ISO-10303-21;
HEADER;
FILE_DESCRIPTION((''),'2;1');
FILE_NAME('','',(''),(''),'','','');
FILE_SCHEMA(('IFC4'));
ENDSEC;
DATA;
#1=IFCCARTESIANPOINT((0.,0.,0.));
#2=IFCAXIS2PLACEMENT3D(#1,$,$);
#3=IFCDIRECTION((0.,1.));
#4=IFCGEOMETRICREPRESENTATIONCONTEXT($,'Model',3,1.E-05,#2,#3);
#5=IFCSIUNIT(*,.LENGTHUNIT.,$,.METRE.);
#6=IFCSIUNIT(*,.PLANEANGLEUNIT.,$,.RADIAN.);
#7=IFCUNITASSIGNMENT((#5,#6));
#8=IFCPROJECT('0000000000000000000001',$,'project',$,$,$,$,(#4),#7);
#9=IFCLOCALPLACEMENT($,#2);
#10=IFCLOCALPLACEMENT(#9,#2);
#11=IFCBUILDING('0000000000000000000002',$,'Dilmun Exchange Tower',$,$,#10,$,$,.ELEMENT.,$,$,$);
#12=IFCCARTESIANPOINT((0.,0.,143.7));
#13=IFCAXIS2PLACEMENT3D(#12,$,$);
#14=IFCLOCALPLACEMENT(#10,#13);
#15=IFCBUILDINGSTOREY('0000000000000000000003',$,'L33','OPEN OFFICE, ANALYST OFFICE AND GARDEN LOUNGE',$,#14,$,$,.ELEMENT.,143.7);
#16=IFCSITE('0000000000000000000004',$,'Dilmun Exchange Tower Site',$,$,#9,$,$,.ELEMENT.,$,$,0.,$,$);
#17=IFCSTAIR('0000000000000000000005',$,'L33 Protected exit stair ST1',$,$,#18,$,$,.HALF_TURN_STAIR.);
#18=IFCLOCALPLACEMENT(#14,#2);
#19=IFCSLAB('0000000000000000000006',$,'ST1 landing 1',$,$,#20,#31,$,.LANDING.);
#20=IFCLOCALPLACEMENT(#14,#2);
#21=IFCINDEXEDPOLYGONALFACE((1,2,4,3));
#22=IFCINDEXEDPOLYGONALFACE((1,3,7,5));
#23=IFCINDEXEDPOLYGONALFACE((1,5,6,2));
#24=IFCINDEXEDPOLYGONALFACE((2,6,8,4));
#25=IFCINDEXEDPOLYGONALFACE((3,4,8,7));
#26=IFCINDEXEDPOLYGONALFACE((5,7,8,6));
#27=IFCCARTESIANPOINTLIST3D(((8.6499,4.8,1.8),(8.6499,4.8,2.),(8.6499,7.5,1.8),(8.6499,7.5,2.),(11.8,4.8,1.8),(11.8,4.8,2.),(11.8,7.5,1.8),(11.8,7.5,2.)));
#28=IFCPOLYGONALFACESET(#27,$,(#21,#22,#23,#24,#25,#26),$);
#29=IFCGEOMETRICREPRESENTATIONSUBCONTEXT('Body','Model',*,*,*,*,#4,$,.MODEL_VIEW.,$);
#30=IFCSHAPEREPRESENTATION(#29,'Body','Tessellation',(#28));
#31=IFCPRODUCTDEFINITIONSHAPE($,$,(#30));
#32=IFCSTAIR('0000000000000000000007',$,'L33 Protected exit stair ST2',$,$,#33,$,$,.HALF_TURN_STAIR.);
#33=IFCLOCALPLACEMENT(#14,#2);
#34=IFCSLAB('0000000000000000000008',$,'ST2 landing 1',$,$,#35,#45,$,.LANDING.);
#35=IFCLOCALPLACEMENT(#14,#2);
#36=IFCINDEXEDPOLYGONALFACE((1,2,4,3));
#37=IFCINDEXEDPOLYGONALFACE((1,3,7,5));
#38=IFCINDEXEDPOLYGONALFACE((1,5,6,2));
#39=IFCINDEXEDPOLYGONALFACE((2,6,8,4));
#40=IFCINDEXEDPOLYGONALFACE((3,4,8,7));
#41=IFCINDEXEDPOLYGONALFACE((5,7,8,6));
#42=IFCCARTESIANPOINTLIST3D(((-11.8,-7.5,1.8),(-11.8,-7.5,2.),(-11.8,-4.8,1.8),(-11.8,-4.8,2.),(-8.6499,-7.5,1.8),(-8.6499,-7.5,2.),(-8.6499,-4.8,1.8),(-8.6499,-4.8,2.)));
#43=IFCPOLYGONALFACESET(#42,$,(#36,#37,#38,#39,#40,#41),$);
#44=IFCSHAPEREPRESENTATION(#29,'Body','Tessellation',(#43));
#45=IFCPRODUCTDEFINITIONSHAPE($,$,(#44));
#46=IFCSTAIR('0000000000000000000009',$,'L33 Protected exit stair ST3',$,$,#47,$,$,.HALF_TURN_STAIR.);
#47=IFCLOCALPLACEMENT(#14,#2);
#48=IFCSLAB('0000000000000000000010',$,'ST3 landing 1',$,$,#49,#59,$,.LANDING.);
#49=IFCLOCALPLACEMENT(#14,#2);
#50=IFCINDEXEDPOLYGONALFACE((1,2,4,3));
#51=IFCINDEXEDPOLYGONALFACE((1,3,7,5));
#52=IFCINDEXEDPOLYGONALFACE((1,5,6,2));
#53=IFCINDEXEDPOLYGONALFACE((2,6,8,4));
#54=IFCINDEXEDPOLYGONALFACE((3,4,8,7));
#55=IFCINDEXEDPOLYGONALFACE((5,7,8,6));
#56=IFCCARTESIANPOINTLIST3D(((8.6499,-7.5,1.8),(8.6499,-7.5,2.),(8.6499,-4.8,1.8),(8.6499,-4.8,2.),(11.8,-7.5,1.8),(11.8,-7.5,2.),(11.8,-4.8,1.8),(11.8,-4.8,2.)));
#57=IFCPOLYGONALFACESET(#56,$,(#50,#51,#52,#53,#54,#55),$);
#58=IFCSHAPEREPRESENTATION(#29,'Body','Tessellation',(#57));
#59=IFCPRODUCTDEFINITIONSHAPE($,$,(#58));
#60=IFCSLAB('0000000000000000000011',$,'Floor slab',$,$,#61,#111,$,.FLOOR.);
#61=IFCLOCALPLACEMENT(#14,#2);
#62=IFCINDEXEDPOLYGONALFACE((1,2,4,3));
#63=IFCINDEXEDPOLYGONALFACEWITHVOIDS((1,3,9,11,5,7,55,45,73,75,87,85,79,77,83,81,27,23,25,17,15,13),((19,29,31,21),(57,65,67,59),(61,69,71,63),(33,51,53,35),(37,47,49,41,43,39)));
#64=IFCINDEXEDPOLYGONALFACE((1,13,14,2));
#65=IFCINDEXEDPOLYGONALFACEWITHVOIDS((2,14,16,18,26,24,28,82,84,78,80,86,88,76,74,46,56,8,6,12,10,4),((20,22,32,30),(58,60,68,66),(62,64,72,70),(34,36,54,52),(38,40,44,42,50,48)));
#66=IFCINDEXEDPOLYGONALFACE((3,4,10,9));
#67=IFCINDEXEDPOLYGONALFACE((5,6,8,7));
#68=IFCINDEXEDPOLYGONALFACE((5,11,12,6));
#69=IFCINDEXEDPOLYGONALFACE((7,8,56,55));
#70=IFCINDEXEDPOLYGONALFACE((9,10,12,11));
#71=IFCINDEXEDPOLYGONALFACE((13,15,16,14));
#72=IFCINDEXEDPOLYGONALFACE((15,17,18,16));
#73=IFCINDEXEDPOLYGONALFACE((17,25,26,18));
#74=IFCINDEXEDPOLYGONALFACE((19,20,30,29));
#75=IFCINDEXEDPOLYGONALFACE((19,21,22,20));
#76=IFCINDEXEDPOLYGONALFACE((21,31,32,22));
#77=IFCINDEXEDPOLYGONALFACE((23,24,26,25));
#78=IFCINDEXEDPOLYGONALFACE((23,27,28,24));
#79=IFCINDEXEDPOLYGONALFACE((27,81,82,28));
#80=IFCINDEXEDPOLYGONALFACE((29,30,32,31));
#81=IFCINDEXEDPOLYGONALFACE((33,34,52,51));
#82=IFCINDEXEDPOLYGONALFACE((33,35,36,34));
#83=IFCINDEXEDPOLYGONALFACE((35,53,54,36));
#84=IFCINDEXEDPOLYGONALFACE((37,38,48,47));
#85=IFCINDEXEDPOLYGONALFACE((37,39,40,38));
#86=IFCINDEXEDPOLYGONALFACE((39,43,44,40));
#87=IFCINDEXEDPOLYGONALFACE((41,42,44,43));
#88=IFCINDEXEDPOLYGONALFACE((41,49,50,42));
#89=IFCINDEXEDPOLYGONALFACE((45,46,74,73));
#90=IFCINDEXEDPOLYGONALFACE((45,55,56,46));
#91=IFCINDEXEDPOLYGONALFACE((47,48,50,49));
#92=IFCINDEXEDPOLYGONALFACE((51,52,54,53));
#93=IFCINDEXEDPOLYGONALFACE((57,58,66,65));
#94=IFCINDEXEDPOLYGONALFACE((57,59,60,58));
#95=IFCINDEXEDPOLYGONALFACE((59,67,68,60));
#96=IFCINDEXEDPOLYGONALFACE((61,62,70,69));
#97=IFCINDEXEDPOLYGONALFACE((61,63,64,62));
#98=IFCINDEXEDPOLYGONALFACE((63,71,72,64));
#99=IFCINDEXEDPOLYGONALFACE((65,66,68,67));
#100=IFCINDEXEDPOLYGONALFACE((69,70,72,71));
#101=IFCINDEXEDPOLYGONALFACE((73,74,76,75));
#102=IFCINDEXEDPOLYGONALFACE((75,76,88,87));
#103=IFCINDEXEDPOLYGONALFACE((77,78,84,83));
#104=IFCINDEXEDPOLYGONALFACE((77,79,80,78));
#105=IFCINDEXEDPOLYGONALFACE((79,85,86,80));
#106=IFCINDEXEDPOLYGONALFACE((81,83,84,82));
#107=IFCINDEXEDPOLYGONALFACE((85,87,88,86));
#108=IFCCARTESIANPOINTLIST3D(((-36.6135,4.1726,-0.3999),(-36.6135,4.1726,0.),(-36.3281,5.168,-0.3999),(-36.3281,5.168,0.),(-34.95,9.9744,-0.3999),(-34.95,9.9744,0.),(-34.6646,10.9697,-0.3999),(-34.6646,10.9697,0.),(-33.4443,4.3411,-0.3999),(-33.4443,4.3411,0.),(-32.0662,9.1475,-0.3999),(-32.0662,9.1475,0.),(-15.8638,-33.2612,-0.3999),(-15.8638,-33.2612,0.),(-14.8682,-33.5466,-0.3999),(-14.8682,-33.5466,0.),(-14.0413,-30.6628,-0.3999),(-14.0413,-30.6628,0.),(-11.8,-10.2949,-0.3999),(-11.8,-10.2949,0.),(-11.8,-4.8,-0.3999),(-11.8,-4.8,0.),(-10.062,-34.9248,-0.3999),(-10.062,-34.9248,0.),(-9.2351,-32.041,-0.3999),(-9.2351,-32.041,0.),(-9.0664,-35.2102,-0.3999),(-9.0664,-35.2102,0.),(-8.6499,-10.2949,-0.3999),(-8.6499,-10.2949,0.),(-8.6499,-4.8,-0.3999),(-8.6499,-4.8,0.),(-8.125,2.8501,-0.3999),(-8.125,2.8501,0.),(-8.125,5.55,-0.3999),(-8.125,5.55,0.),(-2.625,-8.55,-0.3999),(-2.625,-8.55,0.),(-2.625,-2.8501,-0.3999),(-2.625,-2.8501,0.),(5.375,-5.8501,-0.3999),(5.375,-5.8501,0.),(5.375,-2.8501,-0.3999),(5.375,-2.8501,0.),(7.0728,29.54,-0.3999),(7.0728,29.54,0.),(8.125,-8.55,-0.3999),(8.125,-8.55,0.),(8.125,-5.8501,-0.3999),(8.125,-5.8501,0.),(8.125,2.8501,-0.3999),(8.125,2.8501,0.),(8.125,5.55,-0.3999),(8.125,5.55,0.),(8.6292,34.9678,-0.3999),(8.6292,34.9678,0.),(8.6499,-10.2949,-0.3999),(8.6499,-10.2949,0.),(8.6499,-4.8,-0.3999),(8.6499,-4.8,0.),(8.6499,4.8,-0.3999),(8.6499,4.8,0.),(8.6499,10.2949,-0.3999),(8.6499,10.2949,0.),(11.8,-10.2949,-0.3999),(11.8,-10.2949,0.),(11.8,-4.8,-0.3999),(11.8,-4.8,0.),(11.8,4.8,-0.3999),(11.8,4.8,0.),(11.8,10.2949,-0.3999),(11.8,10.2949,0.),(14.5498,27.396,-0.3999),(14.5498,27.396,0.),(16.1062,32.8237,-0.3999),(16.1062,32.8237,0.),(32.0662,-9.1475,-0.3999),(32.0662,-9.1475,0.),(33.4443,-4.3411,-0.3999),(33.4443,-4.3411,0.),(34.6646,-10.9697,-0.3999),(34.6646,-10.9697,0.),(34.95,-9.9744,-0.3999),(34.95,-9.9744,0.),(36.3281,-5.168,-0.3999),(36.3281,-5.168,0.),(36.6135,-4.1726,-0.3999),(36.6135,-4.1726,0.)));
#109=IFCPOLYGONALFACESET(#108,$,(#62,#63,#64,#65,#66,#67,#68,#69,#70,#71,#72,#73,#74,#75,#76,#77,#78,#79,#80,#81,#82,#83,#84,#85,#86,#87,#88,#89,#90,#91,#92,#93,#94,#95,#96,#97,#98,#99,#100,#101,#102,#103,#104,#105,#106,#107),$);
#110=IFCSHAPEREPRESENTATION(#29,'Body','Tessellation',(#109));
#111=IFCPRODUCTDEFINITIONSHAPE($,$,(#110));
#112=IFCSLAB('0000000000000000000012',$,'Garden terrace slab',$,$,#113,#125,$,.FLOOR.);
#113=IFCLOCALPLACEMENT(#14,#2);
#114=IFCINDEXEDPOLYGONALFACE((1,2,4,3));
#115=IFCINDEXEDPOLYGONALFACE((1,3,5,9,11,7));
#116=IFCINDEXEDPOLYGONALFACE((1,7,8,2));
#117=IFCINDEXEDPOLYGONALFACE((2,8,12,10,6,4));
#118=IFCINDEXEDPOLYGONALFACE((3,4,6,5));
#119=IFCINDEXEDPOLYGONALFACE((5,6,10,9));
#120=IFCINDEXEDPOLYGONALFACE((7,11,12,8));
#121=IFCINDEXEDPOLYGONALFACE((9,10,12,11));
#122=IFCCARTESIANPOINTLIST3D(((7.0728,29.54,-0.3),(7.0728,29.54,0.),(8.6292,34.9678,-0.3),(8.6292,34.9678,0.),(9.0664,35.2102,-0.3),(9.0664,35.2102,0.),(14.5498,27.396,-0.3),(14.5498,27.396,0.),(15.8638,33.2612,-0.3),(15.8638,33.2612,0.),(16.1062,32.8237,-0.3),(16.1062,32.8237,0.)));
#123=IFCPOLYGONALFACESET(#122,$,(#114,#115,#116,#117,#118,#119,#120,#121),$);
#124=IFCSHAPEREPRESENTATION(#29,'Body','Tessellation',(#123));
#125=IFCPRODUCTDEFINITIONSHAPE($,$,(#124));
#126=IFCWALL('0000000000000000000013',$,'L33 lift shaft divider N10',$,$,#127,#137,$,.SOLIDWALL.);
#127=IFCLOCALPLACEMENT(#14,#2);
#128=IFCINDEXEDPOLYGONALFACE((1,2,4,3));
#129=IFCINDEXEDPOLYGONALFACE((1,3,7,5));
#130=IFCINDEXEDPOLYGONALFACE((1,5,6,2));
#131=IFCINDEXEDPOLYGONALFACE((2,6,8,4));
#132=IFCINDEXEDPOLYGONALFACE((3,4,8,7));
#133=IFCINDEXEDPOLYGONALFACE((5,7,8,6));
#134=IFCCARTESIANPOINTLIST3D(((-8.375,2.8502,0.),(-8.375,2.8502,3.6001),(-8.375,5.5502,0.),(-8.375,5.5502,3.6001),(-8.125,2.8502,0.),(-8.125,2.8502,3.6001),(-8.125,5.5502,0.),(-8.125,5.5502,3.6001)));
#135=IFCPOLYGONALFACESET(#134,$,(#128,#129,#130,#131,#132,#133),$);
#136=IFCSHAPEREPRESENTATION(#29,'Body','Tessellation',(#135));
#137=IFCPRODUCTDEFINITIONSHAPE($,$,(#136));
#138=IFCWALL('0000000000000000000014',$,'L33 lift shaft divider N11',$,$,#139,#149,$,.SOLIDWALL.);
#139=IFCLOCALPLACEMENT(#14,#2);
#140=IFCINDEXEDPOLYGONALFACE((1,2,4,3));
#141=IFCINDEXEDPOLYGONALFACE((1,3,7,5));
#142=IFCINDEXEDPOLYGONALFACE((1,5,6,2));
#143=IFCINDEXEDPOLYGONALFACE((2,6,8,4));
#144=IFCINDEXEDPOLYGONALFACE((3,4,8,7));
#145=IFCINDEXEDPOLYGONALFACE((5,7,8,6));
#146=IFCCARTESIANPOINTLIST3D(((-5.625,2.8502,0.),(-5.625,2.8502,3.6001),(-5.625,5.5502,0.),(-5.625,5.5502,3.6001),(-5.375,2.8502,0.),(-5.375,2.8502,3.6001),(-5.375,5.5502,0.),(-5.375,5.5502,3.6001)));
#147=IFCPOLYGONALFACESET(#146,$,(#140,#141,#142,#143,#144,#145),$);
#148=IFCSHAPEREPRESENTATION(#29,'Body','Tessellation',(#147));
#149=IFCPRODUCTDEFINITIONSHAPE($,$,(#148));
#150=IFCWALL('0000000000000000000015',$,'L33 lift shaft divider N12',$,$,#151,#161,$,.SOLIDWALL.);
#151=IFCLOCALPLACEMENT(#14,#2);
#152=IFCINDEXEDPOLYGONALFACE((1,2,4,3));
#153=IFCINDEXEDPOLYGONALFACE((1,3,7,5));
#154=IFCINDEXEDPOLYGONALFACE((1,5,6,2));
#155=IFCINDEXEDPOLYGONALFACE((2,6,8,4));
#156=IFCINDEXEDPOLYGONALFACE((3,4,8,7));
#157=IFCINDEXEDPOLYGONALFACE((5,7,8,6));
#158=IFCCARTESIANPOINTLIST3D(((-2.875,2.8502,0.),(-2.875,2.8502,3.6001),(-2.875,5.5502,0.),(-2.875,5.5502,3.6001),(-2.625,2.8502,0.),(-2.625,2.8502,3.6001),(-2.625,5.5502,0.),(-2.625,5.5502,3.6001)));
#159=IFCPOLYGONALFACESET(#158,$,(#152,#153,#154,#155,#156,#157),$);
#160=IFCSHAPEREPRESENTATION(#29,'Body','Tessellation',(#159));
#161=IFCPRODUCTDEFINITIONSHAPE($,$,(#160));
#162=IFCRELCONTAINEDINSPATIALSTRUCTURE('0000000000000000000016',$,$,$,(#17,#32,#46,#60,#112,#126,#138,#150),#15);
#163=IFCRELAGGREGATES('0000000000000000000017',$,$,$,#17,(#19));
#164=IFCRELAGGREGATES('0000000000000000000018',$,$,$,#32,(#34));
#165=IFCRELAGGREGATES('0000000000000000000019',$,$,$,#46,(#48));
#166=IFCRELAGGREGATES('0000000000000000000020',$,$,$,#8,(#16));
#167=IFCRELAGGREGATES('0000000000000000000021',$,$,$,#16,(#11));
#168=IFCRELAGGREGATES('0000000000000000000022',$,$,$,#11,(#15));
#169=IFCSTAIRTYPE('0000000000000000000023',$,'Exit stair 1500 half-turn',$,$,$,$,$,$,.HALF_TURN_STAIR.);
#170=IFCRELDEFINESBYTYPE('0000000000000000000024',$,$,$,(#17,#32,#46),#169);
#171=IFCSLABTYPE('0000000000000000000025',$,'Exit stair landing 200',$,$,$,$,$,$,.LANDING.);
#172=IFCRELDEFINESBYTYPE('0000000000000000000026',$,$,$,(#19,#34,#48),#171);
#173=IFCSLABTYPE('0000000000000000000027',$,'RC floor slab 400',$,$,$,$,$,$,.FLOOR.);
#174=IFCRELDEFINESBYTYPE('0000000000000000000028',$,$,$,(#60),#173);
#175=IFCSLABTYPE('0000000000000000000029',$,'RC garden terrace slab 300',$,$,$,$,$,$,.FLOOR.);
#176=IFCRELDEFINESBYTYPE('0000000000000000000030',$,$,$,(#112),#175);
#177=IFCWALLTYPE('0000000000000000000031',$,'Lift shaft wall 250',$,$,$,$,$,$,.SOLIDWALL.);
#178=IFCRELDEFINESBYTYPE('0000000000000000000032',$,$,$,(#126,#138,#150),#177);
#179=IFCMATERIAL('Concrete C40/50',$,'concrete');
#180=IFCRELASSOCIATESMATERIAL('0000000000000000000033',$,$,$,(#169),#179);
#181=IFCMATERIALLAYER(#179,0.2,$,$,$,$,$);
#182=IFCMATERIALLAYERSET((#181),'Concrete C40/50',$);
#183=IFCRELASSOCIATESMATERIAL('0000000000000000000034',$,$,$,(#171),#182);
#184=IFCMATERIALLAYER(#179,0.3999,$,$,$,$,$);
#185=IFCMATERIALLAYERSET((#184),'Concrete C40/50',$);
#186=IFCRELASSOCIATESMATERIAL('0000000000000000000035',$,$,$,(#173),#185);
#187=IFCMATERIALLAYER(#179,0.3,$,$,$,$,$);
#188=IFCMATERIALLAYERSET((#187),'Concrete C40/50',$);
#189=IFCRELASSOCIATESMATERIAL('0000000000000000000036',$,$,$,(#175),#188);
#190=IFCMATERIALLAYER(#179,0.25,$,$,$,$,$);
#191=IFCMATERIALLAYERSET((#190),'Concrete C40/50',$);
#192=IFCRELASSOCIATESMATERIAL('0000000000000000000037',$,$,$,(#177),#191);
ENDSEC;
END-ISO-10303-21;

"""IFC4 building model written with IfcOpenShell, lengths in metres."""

from ifc_helpers import new_model, si_unit, direction, frame, frame_2d, origin, place, context, subcontext, project, spatial, polyline, rectangle, outline, extrude, material, layer, layer_set, type_object, element, aggregate, save


model = new_model("IFC4")

# Units and contexts
model_context = context("Model", 3, precision=1e-05, world=origin(), true_north=direction((0.0, 1.0)))
body_context = subcontext(model_context, "Body", "Model", "MODEL_VIEW")
ifc_project = project(units=[si_unit("LENGTHUNIT", "METRE"), si_unit("PLANEANGLEUNIT", "RADIAN")], contexts=[model_context])

# Site, building, storey
site_placement = place(None, origin())
site = spatial("IfcSite", under=ifc_project, at=site_placement, Name="Dilmun Exchange Tower Site", CompositionType="ELEMENT", RefElevation=0.0)
building_placement = place(site_placement, origin())
building = spatial("IfcBuilding", under=site, at=building_placement, Name="Dilmun Exchange Tower", CompositionType="ELEMENT")
storey_placement = place(building_placement, frame((0.0, 0.0, 143.7)))
storey = spatial("IfcBuildingStorey", under=building, at=storey_placement, Name="L33", Description="OPEN OFFICE, ANALYST OFFICE AND GARDEN LOUNGE", CompositionType="ELEMENT", Elevation=143.7)

# Stairs, slabs
ifc_material_1 = material(Name="Concrete C40/50", Category="concrete")
stair_type = type_object("IfcStairType", Name="Exit stair 1500 half-turn", PredefinedType="HALF_TURN_STAIR", material=ifc_material_1)
stair_1_placement = place(storey_placement, origin())
stair_1 = element("IfcStair", 1, at=stair_1_placement, inside=storey, type_object=stair_type, Name="L33 Protected exit stair ST1", PredefinedType="HALF_TURN_STAIR")
ifc_layer_1 = layer(ifc_material_1, 0.2)
ifc_layer_set_1 = layer_set([ifc_layer_1], Name="Concrete C40/50")
slab_type_1 = type_object("IfcSlabType", Name="Exit stair landing 200", PredefinedType="LANDING", material=ifc_layer_set_1)
slab_1_placement = place(storey_placement, frame((0.0, 0.0, 1.8)))
slab_1 = element("IfcSlab", 2, at=slab_1_placement, type_object=slab_type_1, Name="ST1 landing 1", PredefinedType="LANDING", context=body_context, shape_type="SweptSolid", body=[
    extrude(outline(polyline([(8.6499, 7.5), (8.6499, 4.8), (11.8, 4.8), (11.8, 7.5), (8.6499, 7.5)])), origin(), (0.0, 0.0, 1.0), 0.2),
])
aggregate(stair_1, [slab_1])
stair_2_placement = place(storey_placement, origin())
stair_2 = element("IfcStair", 3, at=stair_2_placement, inside=storey, type_object=stair_type, Name="L33 Protected exit stair ST2", PredefinedType="HALF_TURN_STAIR")
slab_2_placement = place(storey_placement, frame((0.0, 0.0, 1.8)))
slab_2 = element("IfcSlab", 4, at=slab_2_placement, type_object=slab_type_1, Name="ST2 landing 1", PredefinedType="LANDING", context=body_context, shape_type="SweptSolid", body=[
    extrude(outline(polyline([(-8.6499, -7.5), (-8.6499, -4.8), (-11.8, -4.8), (-11.8, -7.5), (-8.6499, -7.5)])), origin(), (0.0, 0.0, 1.0), 0.2),
])
aggregate(stair_2, [slab_2])
stair_3_placement = place(storey_placement, origin())
stair_3 = element("IfcStair", 5, at=stair_3_placement, inside=storey, type_object=stair_type, Name="L33 Protected exit stair ST3", PredefinedType="HALF_TURN_STAIR")
slab_3_placement = place(storey_placement, frame((0.0, 0.0, 1.8)))
slab_3 = element("IfcSlab", 6, at=slab_3_placement, type_object=slab_type_1, Name="ST3 landing 1", PredefinedType="LANDING", context=body_context, shape_type="SweptSolid", body=[
    extrude(outline(polyline([(11.8, -7.5), (11.8, -4.8), (8.6499, -4.8), (8.6499, -7.5), (11.8, -7.5)])), origin(), (0.0, 0.0, 1.0), 0.2),
])
aggregate(stair_3, [slab_3])

# Slabs
ifc_layer_2 = layer(ifc_material_1, 0.3999)
ifc_layer_set_2 = layer_set([ifc_layer_2], Name="Concrete C40/50")
slab_type_2 = type_object("IfcSlabType", Name="RC floor slab 400", PredefinedType="FLOOR", material=ifc_layer_set_2)
slab_4_placement = place(storey_placement, frame((0.0, 0.0, -0.3999)))
element("IfcSlab", 7, at=slab_4_placement, inside=storey, type_object=slab_type_2, Name="Floor slab", PredefinedType="FLOOR", context=body_context, shape_type="SweptSolid", body=[
    extrude(outline(polyline([(36.3281, -5.168), (33.4443, -4.3411), (32.0662, -9.1475), (34.95, -9.9744), (34.6646, -10.9697), (-9.0664, -35.2102), (-10.062, -34.9248), (-9.2351, -32.041), (-14.0413, -30.6628), (-14.8682, -33.5466), (-15.8638, -33.2612), (-36.6135, 4.1726), (-36.3281, 5.168), (-33.4443, 4.3411), (-32.0662, 9.1475), (-34.95, 9.9744), (-34.6646, 10.9697), (8.6292, 34.9678), (7.0728, 29.54), (14.5498, 27.396), (16.1062, 32.8237), (36.6135, -4.1726), (36.3281, -5.168)]), holes=[polyline([(-8.6499, -4.8), (-11.8, -4.8), (-11.8, -10.2949), (-8.6499, -10.2949), (-8.6499, -4.8)]), polyline([(11.8, -4.8), (8.6499, -4.8), (8.6499, -10.2949), (11.8, -10.2949), (11.8, -4.8)]), polyline([(5.375, -2.8501), (-2.625, -2.8501), (-2.625, -8.55), (8.125, -8.55), (8.125, -5.8501), (5.375, -5.8501), (5.375, -2.8501)]), polyline([(8.125, 2.8501), (8.125, 5.55), (-8.125, 5.55), (-8.125, 2.8501), (8.125, 2.8501)]), polyline([(8.6499, 10.2949), (8.6499, 4.8), (11.8, 4.8), (11.8, 10.2949), (8.6499, 10.2949)])]), origin(), (0.0, 0.0, 1.0), 0.3999),
])
ifc_layer_3 = layer(ifc_material_1, 0.3)
ifc_layer_set_3 = layer_set([ifc_layer_3], Name="Concrete C40/50")
slab_type_3 = type_object("IfcSlabType", Name="RC garden terrace slab 300", PredefinedType="FLOOR", material=ifc_layer_set_3)
slab_5_placement = place(storey_placement, frame((0.0, 0.0, -0.3)))
element("IfcSlab", 8, at=slab_5_placement, inside=storey, type_object=slab_type_3, Name="Garden terrace slab", PredefinedType="FLOOR", context=body_context, shape_type="SweptSolid", body=[
    extrude(outline(polyline([(7.0728, 29.54), (8.6292, 34.9678), (9.0664, 35.2102), (15.8638, 33.2612), (16.1062, 32.8237), (14.5498, 27.396), (7.0728, 29.54)])), origin(), (0.0, 0.0, 1.0), 0.3),
])

# Walls
ifc_layer_4 = layer(ifc_material_1, 0.25)
ifc_layer_set_4 = layer_set([ifc_layer_4], Name="Concrete C40/50")
wall_type = type_object("IfcWallType", Name="Lift shaft wall 250", PredefinedType="SOLIDWALL", material=ifc_layer_set_4)
for number, where, z_axis, x_axis, name in (
    (9, (-8.25, 2.8501, 0.0), (0.0, 0.0, 1.0), (0.0, 1.0, 0.0), "L33 lift shaft divider N10"),
    (10, (-5.5, 2.8501, 0.0), (0.0, 0.0, 1.0), (0.0, 1.0, 0.0), "L33 lift shaft divider N11"),
    (11, (-2.75, 2.8501, 0.0), (0.0, 0.0, 1.0), (0.0, 1.0, 0.0), "L33 lift shaft divider N12"),
):
    element("IfcWall", number, at=place(storey_placement, frame(where, z_axis=z_axis, x_axis=x_axis)), inside=storey, type_object=wall_type, Name=name, PredefinedType="SOLIDWALL", context=body_context, shape_type="SweptSolid", body=[
        extrude(rectangle(XDim=2.7, YDim=0.25, at=frame_2d((1.3501, 0.0))), origin(), (0.0, 0.0, 1.0), 3.6001),
    ])

save(model, "model.ifc")
